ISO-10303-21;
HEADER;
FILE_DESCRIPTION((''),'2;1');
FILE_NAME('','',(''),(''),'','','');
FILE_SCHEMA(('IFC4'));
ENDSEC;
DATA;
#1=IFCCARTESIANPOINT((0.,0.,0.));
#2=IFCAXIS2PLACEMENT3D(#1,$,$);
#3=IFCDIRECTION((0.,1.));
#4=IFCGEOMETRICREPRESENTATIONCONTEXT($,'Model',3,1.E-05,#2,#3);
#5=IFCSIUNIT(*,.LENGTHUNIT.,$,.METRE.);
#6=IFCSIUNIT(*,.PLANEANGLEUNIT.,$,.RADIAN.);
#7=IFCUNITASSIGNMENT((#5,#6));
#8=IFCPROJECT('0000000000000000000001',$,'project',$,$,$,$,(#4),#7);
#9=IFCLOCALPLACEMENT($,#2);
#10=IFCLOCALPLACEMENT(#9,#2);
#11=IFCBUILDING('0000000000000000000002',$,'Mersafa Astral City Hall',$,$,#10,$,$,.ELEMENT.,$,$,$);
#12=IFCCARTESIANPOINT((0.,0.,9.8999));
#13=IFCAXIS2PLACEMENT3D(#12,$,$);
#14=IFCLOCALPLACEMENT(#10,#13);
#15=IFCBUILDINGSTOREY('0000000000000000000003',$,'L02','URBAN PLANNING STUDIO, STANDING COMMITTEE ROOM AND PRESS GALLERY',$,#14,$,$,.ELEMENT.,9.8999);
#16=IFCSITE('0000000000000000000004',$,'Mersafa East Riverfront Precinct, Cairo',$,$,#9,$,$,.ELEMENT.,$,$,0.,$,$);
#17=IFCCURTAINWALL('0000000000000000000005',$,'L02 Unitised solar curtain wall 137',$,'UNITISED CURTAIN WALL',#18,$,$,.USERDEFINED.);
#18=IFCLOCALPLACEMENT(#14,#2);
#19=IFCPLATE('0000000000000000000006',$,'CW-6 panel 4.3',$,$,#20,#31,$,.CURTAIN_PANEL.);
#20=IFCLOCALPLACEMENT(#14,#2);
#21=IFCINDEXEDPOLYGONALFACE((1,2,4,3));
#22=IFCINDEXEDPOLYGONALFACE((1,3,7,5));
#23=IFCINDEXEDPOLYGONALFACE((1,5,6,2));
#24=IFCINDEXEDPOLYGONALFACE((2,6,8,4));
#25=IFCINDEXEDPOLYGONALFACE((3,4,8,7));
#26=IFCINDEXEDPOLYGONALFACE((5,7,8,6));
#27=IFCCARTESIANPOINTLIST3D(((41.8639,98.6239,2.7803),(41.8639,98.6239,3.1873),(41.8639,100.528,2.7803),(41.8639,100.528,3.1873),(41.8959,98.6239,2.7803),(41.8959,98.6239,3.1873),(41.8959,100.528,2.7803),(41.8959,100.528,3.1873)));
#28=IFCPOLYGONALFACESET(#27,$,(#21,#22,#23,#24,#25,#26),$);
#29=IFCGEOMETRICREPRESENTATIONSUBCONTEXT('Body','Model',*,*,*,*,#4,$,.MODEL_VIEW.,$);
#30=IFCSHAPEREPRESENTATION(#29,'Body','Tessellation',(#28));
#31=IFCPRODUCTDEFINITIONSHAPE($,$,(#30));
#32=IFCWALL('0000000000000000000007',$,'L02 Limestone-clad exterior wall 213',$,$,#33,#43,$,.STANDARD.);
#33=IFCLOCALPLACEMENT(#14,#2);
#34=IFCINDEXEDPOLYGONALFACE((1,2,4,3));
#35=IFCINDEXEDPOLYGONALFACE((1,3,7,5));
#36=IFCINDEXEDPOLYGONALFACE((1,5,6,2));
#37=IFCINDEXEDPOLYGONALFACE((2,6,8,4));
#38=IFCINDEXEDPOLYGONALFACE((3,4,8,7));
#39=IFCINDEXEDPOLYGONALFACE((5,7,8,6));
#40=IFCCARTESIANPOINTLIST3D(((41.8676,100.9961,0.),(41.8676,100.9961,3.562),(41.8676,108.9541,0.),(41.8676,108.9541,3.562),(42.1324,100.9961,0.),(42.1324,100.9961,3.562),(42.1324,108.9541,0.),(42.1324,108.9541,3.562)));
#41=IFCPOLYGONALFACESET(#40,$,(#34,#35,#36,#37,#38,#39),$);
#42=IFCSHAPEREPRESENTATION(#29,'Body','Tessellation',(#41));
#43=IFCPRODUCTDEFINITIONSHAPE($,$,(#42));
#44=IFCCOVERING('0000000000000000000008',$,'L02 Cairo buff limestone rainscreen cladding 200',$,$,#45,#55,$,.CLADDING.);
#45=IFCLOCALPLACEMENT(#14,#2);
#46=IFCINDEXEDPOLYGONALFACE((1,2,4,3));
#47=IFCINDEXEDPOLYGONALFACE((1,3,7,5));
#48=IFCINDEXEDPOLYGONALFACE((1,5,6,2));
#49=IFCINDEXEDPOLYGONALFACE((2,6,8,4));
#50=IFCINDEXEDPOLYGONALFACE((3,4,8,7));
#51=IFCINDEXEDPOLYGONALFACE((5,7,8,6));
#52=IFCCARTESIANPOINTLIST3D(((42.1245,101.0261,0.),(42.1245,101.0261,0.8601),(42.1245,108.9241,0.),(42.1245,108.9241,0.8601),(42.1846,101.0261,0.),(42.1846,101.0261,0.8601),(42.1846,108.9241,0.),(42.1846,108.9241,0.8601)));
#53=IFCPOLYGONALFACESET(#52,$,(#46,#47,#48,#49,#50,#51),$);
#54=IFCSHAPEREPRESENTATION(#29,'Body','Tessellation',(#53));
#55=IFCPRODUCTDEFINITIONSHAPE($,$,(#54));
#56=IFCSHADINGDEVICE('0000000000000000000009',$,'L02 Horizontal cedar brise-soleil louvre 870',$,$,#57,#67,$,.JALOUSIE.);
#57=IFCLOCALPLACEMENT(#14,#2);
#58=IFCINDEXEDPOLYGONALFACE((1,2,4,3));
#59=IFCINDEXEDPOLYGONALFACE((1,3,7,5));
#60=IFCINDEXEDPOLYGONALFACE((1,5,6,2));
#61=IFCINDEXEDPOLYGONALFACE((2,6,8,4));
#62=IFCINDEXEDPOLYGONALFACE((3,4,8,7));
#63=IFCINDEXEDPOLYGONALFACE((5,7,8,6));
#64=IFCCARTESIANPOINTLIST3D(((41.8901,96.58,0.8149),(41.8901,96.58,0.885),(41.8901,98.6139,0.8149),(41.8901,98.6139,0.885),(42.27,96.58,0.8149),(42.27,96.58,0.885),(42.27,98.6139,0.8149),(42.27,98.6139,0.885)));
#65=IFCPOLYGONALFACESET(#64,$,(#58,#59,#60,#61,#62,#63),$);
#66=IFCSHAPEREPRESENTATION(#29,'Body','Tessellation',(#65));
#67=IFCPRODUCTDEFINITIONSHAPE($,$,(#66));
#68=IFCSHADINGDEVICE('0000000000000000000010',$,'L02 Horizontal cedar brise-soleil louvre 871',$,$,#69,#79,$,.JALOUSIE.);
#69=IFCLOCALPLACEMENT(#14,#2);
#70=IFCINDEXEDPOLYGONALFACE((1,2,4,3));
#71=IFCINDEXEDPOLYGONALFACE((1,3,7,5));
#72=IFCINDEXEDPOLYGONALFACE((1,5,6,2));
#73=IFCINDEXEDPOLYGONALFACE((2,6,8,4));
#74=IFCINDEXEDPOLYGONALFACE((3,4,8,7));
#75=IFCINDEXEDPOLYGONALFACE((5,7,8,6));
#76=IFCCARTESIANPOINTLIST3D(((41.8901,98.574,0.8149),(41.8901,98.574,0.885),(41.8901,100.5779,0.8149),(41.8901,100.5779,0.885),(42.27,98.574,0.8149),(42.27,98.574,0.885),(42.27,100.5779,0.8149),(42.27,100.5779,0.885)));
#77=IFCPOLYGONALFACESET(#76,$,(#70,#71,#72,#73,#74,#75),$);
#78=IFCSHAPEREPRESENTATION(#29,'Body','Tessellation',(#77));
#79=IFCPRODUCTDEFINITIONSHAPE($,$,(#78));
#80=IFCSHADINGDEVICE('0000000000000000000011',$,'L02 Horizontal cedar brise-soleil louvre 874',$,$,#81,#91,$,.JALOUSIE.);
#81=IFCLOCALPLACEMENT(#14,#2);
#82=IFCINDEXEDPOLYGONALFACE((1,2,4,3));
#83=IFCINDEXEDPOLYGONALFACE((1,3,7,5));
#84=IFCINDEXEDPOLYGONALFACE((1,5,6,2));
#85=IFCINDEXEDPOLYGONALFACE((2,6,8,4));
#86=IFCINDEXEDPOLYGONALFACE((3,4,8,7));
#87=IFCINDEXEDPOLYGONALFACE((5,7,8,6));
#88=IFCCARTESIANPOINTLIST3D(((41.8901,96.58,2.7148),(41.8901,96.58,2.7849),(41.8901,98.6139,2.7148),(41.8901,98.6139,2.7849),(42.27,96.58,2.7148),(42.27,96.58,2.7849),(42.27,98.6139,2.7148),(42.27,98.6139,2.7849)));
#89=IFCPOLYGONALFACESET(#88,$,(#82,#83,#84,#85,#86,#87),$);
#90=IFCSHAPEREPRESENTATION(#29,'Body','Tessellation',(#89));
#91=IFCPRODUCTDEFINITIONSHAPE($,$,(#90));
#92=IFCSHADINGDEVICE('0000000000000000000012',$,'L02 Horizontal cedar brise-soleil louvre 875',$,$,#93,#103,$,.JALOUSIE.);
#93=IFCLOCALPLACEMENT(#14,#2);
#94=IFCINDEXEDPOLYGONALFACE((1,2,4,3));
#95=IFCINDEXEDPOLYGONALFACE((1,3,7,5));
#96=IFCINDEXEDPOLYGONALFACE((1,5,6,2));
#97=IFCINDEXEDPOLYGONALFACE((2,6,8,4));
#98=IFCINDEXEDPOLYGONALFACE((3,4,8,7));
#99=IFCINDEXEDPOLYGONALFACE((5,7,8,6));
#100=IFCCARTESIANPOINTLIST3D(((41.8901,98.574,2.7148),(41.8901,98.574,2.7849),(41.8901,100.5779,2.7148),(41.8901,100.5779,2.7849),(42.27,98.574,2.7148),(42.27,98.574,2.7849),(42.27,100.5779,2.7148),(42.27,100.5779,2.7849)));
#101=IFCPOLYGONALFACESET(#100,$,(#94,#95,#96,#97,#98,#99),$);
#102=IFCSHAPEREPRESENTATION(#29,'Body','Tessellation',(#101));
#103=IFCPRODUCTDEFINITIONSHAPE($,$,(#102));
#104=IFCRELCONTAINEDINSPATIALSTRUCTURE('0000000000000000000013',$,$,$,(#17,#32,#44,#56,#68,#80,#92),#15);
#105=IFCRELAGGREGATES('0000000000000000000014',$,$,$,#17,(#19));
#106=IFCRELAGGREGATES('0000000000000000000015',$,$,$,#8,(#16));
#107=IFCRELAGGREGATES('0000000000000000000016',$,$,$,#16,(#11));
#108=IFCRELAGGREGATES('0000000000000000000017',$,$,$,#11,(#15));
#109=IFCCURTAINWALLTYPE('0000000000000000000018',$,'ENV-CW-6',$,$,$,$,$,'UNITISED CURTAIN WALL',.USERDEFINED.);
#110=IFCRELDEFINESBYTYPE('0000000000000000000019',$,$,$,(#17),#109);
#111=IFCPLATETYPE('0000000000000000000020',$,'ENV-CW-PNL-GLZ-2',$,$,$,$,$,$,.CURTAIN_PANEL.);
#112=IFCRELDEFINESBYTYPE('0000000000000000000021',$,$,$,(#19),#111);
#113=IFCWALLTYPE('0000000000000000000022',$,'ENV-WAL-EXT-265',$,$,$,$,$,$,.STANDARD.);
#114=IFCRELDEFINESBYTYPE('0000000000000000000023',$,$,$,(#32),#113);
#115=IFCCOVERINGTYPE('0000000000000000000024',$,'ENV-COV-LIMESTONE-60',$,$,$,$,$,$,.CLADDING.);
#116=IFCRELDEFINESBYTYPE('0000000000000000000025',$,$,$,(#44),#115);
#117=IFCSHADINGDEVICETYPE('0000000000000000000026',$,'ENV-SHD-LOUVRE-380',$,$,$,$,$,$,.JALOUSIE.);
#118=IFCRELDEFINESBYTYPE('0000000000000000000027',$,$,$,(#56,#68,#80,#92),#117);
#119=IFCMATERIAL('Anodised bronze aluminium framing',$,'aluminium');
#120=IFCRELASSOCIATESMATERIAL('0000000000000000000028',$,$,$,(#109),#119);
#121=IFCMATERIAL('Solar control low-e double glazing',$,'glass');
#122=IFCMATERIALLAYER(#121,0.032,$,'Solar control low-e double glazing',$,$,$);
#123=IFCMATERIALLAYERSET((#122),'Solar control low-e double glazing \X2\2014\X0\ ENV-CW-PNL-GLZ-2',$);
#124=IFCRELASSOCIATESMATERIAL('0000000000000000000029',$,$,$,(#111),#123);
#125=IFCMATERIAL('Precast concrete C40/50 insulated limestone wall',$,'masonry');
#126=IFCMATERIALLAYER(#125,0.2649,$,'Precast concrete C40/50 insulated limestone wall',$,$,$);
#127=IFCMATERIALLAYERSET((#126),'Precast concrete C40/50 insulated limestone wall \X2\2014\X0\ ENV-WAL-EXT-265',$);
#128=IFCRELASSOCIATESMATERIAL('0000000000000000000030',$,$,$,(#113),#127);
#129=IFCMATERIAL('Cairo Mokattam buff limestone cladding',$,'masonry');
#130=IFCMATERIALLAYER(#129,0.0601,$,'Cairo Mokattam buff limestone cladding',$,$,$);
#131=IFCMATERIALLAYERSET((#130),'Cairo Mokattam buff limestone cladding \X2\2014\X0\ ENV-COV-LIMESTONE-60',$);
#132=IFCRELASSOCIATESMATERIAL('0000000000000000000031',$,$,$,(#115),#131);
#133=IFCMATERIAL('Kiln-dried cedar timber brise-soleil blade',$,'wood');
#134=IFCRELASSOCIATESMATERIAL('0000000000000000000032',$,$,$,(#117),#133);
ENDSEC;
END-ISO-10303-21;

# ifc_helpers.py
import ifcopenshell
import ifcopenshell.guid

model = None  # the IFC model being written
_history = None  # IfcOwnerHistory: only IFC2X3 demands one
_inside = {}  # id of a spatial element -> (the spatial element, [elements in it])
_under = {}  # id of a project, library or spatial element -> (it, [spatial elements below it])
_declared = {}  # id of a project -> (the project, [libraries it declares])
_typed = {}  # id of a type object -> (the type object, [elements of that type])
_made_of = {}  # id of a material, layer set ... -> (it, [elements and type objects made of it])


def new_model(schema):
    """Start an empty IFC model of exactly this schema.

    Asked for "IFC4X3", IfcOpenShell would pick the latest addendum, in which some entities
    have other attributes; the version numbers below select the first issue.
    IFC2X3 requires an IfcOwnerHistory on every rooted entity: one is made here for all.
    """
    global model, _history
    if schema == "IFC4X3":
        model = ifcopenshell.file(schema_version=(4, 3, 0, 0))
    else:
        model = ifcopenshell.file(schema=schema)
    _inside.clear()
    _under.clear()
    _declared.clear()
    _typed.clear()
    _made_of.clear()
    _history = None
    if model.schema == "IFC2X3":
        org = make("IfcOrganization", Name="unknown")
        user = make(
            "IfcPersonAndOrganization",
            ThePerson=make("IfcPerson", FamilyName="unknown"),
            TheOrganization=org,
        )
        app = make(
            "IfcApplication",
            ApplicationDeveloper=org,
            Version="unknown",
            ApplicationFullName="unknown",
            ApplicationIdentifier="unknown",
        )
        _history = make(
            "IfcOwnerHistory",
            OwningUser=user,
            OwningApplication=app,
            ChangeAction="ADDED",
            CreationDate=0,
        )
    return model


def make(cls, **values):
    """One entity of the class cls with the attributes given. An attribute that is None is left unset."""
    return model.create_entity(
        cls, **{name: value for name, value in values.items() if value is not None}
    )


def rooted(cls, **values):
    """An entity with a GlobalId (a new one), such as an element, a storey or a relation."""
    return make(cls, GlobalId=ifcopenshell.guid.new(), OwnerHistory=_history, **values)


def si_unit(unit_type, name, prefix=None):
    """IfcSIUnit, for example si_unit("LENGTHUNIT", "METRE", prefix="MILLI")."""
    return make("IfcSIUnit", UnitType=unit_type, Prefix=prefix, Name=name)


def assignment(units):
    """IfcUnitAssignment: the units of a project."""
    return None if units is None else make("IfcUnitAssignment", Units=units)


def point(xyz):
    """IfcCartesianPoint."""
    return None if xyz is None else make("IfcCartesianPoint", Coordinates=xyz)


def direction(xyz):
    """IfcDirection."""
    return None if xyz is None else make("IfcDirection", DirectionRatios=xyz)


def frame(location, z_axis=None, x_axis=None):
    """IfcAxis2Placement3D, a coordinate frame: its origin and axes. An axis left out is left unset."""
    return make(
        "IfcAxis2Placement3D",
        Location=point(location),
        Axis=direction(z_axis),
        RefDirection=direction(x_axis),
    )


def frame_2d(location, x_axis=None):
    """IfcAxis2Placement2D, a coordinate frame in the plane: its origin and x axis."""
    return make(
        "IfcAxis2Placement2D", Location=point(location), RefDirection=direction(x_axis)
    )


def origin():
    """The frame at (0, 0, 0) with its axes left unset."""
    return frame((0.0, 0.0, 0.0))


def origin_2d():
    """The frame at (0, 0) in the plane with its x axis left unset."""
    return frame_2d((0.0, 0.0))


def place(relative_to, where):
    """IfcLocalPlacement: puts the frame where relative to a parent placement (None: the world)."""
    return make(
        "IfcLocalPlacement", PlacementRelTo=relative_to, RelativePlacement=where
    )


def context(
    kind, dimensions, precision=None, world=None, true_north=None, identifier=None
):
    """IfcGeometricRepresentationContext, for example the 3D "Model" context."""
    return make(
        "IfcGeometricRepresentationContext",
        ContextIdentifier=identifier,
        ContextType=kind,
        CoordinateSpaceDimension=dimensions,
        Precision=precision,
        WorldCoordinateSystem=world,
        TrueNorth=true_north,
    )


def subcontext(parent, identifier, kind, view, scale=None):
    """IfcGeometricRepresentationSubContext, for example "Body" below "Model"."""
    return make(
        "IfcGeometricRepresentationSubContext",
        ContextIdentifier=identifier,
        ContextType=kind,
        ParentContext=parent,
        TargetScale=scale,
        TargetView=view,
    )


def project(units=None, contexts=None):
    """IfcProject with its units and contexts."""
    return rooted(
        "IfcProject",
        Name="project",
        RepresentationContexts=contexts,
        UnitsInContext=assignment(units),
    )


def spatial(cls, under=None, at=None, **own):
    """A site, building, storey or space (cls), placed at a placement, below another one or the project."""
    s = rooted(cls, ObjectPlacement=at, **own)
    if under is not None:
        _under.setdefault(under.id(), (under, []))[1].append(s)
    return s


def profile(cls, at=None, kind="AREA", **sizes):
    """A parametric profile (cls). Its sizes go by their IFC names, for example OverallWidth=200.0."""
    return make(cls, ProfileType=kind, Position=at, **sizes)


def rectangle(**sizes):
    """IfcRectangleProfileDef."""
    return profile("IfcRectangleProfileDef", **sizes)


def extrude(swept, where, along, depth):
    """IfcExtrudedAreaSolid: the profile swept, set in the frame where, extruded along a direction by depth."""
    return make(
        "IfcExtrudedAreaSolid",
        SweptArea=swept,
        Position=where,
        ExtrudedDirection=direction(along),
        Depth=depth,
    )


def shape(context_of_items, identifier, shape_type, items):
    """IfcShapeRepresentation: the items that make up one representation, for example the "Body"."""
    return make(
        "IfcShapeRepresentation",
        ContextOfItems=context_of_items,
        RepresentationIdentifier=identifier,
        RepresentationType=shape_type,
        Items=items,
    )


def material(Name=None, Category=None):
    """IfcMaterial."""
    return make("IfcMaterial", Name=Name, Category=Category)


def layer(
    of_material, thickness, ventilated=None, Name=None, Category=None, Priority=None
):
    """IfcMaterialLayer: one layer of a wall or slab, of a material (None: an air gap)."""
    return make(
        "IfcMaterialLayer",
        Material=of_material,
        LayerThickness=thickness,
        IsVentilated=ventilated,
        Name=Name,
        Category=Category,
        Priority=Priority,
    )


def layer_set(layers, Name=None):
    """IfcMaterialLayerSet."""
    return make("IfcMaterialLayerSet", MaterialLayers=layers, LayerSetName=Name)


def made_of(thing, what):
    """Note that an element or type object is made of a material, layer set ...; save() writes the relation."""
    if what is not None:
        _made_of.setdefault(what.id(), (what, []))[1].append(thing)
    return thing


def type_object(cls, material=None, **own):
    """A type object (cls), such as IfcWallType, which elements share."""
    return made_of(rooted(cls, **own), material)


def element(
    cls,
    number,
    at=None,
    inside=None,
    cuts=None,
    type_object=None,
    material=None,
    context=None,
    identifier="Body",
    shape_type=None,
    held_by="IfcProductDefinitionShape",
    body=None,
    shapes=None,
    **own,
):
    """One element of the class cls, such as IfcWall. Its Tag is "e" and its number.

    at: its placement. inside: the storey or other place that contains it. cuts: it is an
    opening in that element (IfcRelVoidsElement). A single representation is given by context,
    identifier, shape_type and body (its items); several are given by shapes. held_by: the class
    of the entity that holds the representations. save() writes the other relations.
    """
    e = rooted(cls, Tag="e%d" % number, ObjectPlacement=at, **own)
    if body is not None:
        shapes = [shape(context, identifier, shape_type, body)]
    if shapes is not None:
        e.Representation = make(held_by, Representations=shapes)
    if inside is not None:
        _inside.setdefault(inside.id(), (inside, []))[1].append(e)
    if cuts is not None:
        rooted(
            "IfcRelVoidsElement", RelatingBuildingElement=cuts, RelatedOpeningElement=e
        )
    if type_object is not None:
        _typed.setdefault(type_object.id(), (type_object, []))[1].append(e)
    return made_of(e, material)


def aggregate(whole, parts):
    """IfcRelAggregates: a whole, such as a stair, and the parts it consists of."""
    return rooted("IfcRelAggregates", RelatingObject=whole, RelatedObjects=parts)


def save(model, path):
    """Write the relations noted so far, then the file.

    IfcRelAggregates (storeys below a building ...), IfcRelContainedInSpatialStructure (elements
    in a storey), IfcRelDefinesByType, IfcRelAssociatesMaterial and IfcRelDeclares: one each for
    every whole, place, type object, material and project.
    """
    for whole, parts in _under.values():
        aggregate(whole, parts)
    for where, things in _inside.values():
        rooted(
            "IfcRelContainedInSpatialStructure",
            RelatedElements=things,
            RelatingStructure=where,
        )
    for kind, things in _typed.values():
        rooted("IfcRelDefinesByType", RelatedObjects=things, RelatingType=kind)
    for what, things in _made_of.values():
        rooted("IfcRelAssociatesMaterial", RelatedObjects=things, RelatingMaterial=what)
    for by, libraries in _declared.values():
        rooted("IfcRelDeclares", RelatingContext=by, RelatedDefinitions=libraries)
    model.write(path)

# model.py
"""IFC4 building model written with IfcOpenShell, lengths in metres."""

from ifc_helpers import new_model, si_unit, direction, frame, frame_2d, origin, origin_2d, place, context, subcontext, project, spatial, rectangle, extrude, material, layer, layer_set, type_object, element, aggregate, save


model = new_model("IFC4")

# Units and contexts
model_context = context("Model", 3, precision=1e-05, world=origin(), true_north=direction((0.0, 1.0)))
body_context = subcontext(model_context, "Body", "Model", "MODEL_VIEW")
ifc_project = project(units=[si_unit("LENGTHUNIT", "METRE"), si_unit("PLANEANGLEUNIT", "RADIAN")], contexts=[model_context])

# Site, building, storey
site_placement = place(None, origin())
site = spatial("IfcSite", under=ifc_project, at=site_placement, Name="Mersafa East Riverfront Precinct, Cairo", CompositionType="ELEMENT", RefElevation=0.0)
building_placement = place(site_placement, origin())
building = spatial("IfcBuilding", under=site, at=building_placement, Name="Mersafa Astral City Hall", CompositionType="ELEMENT")
storey_placement = place(building_placement, frame((0.0, 0.0, 9.8999)))
storey = spatial("IfcBuildingStorey", under=building, at=storey_placement, Name="L02", Description="URBAN PLANNING STUDIO, STANDING COMMITTEE ROOM AND PRESS GALLERY", CompositionType="ELEMENT", Elevation=9.8999)

# Curtain wall
ifc_material_1 = material(Name="Anodised bronze aluminium framing", Category="aluminium")
curtain_wall_type = type_object("IfcCurtainWallType", Name="ENV-CW-6", ElementType="UNITISED CURTAIN WALL", PredefinedType="USERDEFINED", material=ifc_material_1)
curtain_wall_placement = place(storey_placement, origin())
curtain_wall = element("IfcCurtainWall", 1, at=curtain_wall_placement, inside=storey, type_object=curtain_wall_type, Name="L02 Unitised solar curtain wall 137", ObjectType="UNITISED CURTAIN WALL", PredefinedType="USERDEFINED")

# Plate
ifc_material_2 = material(Name="Solar control low-e double glazing", Category="glass")
ifc_layer_1 = layer(ifc_material_2, 0.032, Name="Solar control low-e double glazing")
ifc_layer_set_1 = layer_set([ifc_layer_1], Name="Solar control low-e double glazing — ENV-CW-PNL-GLZ-2")
plate_type = type_object("IfcPlateType", Name="ENV-CW-PNL-GLZ-2", PredefinedType="CURTAIN_PANEL", material=ifc_layer_set_1)
plate_1_placement = place(storey_placement, frame((41.8799, 99.5759, 2.7803), z_axis=(0.0, 0.0, 1.0), x_axis=(0.0, 1.0, 0.0)))
plate_1 = element("IfcPlate", 2, at=plate_1_placement, type_object=plate_type, Name="CW-6 panel 4.3", PredefinedType="CURTAIN_PANEL", context=body_context, shape_type="SweptSolid", body=[
    extrude(rectangle(XDim=1.9041, YDim=0.032, at=origin_2d()), origin(), (0.0, 0.0, 1.0), 0.407),
])
aggregate(curtain_wall, [plate_1])

# Wall
ifc_material_3 = material(Name="Precast concrete C40/50 insulated limestone wall", Category="masonry")
ifc_layer_2 = layer(ifc_material_3, 0.2649, Name="Precast concrete C40/50 insulated limestone wall")
ifc_layer_set_2 = layer_set([ifc_layer_2], Name="Precast concrete C40/50 insulated limestone wall — ENV-WAL-EXT-265")
wall_type = type_object("IfcWallType", Name="ENV-WAL-EXT-265", PredefinedType="STANDARD", material=ifc_layer_set_2)
wall_placement = place(storey_placement, frame((42.0, 100.9961, 0.0), z_axis=(0.0, 0.0, 1.0), x_axis=(0.0, 1.0, 0.0)))
element("IfcWall", 3, at=wall_placement, inside=storey, type_object=wall_type, Name="L02 Limestone-clad exterior wall 213", PredefinedType="STANDARD", context=body_context, shape_type="SweptSolid", body=[
    extrude(rectangle(XDim=7.958, YDim=0.2649, at=frame_2d((3.979, 0.0))), origin(), (0.0, 0.0, 1.0), 3.562),
])

# Covering
ifc_material_4 = material(Name="Cairo Mokattam buff limestone cladding", Category="masonry")
ifc_layer_3 = layer(ifc_material_4, 0.0601, Name="Cairo Mokattam buff limestone cladding")
ifc_layer_set_3 = layer_set([ifc_layer_3], Name="Cairo Mokattam buff limestone cladding — ENV-COV-LIMESTONE-60")
covering_type = type_object("IfcCoveringType", Name="ENV-COV-LIMESTONE-60", PredefinedType="CLADDING", material=ifc_layer_set_3)
covering_placement = place(storey_placement, frame((42.1545, 104.9751, 0.0), z_axis=(0.0, 0.0, 1.0), x_axis=(0.0, 1.0, 0.0)))
element("IfcCovering", 4, at=covering_placement, inside=storey, type_object=covering_type, Name="L02 Cairo buff limestone rainscreen cladding 200", PredefinedType="CLADDING", context=body_context, shape_type="SweptSolid", body=[
    extrude(rectangle(XDim=7.8979, YDim=0.0601, at=origin_2d()), origin(), (0.0, 0.0, 1.0), 0.8601),
])

# Shading devices
ifc_material_5 = material(Name="Kiln-dried cedar timber brise-soleil blade", Category="wood")
shading_device_type = type_object("IfcShadingDeviceType", Name="ENV-SHD-LOUVRE-380", PredefinedType="JALOUSIE", material=ifc_material_5)
shading_device_1_placement = place(storey_placement, frame((42.0801, 97.5969, 0.8149), z_axis=(0.0, 0.0, 1.0), x_axis=(0.0, 1.0, 0.0)))
element("IfcShadingDevice", 5, at=shading_device_1_placement, inside=storey, type_object=shading_device_type, Name="L02 Horizontal cedar brise-soleil louvre 870", PredefinedType="JALOUSIE", context=body_context, shape_type="SweptSolid", body=[
    extrude(rectangle(XDim=2.0339, YDim=0.3799, at=origin_2d()), origin(), (0.0, 0.0, 1.0), 0.0701),
])
shading_device_2_placement = place(storey_placement, frame((42.0801, 99.5759, 0.8149), z_axis=(0.0, 0.0, 1.0), x_axis=(0.0, 1.0, 0.0)))
element("IfcShadingDevice", 6, at=shading_device_2_placement, inside=storey, type_object=shading_device_type, Name="L02 Horizontal cedar brise-soleil louvre 871", PredefinedType="JALOUSIE", context=body_context, shape_type="SweptSolid", body=[
    extrude(rectangle(XDim=2.0039, YDim=0.3799, at=origin_2d()), origin(), (0.0, 0.0, 1.0), 0.0701),
])
shading_device_3_placement = place(storey_placement, frame((42.0801, 97.5969, 2.7148), z_axis=(0.0, 0.0, 1.0), x_axis=(0.0, 1.0, 0.0)))
element("IfcShadingDevice", 7, at=shading_device_3_placement, inside=storey, type_object=shading_device_type, Name="L02 Horizontal cedar brise-soleil louvre 874", PredefinedType="JALOUSIE", context=body_context, shape_type="SweptSolid", body=[
    extrude(rectangle(XDim=2.0339, YDim=0.3799, at=origin_2d()), origin(), (0.0, 0.0, 1.0), 0.0701),
])
shading_device_4_placement = place(storey_placement, frame((42.0801, 99.5759, 2.7148), z_axis=(0.0, 0.0, 1.0), x_axis=(0.0, 1.0, 0.0)))
element("IfcShadingDevice", 8, at=shading_device_4_placement, inside=storey, type_object=shading_device_type, Name="L02 Horizontal cedar brise-soleil louvre 875", PredefinedType="JALOUSIE", context=body_context, shape_type="SweptSolid", body=[
    extrude(rectangle(XDim=2.0039, YDim=0.3799, at=origin_2d()), origin(), (0.0, 0.0, 1.0), 0.0701),
])

save(model, "model.ifc")
